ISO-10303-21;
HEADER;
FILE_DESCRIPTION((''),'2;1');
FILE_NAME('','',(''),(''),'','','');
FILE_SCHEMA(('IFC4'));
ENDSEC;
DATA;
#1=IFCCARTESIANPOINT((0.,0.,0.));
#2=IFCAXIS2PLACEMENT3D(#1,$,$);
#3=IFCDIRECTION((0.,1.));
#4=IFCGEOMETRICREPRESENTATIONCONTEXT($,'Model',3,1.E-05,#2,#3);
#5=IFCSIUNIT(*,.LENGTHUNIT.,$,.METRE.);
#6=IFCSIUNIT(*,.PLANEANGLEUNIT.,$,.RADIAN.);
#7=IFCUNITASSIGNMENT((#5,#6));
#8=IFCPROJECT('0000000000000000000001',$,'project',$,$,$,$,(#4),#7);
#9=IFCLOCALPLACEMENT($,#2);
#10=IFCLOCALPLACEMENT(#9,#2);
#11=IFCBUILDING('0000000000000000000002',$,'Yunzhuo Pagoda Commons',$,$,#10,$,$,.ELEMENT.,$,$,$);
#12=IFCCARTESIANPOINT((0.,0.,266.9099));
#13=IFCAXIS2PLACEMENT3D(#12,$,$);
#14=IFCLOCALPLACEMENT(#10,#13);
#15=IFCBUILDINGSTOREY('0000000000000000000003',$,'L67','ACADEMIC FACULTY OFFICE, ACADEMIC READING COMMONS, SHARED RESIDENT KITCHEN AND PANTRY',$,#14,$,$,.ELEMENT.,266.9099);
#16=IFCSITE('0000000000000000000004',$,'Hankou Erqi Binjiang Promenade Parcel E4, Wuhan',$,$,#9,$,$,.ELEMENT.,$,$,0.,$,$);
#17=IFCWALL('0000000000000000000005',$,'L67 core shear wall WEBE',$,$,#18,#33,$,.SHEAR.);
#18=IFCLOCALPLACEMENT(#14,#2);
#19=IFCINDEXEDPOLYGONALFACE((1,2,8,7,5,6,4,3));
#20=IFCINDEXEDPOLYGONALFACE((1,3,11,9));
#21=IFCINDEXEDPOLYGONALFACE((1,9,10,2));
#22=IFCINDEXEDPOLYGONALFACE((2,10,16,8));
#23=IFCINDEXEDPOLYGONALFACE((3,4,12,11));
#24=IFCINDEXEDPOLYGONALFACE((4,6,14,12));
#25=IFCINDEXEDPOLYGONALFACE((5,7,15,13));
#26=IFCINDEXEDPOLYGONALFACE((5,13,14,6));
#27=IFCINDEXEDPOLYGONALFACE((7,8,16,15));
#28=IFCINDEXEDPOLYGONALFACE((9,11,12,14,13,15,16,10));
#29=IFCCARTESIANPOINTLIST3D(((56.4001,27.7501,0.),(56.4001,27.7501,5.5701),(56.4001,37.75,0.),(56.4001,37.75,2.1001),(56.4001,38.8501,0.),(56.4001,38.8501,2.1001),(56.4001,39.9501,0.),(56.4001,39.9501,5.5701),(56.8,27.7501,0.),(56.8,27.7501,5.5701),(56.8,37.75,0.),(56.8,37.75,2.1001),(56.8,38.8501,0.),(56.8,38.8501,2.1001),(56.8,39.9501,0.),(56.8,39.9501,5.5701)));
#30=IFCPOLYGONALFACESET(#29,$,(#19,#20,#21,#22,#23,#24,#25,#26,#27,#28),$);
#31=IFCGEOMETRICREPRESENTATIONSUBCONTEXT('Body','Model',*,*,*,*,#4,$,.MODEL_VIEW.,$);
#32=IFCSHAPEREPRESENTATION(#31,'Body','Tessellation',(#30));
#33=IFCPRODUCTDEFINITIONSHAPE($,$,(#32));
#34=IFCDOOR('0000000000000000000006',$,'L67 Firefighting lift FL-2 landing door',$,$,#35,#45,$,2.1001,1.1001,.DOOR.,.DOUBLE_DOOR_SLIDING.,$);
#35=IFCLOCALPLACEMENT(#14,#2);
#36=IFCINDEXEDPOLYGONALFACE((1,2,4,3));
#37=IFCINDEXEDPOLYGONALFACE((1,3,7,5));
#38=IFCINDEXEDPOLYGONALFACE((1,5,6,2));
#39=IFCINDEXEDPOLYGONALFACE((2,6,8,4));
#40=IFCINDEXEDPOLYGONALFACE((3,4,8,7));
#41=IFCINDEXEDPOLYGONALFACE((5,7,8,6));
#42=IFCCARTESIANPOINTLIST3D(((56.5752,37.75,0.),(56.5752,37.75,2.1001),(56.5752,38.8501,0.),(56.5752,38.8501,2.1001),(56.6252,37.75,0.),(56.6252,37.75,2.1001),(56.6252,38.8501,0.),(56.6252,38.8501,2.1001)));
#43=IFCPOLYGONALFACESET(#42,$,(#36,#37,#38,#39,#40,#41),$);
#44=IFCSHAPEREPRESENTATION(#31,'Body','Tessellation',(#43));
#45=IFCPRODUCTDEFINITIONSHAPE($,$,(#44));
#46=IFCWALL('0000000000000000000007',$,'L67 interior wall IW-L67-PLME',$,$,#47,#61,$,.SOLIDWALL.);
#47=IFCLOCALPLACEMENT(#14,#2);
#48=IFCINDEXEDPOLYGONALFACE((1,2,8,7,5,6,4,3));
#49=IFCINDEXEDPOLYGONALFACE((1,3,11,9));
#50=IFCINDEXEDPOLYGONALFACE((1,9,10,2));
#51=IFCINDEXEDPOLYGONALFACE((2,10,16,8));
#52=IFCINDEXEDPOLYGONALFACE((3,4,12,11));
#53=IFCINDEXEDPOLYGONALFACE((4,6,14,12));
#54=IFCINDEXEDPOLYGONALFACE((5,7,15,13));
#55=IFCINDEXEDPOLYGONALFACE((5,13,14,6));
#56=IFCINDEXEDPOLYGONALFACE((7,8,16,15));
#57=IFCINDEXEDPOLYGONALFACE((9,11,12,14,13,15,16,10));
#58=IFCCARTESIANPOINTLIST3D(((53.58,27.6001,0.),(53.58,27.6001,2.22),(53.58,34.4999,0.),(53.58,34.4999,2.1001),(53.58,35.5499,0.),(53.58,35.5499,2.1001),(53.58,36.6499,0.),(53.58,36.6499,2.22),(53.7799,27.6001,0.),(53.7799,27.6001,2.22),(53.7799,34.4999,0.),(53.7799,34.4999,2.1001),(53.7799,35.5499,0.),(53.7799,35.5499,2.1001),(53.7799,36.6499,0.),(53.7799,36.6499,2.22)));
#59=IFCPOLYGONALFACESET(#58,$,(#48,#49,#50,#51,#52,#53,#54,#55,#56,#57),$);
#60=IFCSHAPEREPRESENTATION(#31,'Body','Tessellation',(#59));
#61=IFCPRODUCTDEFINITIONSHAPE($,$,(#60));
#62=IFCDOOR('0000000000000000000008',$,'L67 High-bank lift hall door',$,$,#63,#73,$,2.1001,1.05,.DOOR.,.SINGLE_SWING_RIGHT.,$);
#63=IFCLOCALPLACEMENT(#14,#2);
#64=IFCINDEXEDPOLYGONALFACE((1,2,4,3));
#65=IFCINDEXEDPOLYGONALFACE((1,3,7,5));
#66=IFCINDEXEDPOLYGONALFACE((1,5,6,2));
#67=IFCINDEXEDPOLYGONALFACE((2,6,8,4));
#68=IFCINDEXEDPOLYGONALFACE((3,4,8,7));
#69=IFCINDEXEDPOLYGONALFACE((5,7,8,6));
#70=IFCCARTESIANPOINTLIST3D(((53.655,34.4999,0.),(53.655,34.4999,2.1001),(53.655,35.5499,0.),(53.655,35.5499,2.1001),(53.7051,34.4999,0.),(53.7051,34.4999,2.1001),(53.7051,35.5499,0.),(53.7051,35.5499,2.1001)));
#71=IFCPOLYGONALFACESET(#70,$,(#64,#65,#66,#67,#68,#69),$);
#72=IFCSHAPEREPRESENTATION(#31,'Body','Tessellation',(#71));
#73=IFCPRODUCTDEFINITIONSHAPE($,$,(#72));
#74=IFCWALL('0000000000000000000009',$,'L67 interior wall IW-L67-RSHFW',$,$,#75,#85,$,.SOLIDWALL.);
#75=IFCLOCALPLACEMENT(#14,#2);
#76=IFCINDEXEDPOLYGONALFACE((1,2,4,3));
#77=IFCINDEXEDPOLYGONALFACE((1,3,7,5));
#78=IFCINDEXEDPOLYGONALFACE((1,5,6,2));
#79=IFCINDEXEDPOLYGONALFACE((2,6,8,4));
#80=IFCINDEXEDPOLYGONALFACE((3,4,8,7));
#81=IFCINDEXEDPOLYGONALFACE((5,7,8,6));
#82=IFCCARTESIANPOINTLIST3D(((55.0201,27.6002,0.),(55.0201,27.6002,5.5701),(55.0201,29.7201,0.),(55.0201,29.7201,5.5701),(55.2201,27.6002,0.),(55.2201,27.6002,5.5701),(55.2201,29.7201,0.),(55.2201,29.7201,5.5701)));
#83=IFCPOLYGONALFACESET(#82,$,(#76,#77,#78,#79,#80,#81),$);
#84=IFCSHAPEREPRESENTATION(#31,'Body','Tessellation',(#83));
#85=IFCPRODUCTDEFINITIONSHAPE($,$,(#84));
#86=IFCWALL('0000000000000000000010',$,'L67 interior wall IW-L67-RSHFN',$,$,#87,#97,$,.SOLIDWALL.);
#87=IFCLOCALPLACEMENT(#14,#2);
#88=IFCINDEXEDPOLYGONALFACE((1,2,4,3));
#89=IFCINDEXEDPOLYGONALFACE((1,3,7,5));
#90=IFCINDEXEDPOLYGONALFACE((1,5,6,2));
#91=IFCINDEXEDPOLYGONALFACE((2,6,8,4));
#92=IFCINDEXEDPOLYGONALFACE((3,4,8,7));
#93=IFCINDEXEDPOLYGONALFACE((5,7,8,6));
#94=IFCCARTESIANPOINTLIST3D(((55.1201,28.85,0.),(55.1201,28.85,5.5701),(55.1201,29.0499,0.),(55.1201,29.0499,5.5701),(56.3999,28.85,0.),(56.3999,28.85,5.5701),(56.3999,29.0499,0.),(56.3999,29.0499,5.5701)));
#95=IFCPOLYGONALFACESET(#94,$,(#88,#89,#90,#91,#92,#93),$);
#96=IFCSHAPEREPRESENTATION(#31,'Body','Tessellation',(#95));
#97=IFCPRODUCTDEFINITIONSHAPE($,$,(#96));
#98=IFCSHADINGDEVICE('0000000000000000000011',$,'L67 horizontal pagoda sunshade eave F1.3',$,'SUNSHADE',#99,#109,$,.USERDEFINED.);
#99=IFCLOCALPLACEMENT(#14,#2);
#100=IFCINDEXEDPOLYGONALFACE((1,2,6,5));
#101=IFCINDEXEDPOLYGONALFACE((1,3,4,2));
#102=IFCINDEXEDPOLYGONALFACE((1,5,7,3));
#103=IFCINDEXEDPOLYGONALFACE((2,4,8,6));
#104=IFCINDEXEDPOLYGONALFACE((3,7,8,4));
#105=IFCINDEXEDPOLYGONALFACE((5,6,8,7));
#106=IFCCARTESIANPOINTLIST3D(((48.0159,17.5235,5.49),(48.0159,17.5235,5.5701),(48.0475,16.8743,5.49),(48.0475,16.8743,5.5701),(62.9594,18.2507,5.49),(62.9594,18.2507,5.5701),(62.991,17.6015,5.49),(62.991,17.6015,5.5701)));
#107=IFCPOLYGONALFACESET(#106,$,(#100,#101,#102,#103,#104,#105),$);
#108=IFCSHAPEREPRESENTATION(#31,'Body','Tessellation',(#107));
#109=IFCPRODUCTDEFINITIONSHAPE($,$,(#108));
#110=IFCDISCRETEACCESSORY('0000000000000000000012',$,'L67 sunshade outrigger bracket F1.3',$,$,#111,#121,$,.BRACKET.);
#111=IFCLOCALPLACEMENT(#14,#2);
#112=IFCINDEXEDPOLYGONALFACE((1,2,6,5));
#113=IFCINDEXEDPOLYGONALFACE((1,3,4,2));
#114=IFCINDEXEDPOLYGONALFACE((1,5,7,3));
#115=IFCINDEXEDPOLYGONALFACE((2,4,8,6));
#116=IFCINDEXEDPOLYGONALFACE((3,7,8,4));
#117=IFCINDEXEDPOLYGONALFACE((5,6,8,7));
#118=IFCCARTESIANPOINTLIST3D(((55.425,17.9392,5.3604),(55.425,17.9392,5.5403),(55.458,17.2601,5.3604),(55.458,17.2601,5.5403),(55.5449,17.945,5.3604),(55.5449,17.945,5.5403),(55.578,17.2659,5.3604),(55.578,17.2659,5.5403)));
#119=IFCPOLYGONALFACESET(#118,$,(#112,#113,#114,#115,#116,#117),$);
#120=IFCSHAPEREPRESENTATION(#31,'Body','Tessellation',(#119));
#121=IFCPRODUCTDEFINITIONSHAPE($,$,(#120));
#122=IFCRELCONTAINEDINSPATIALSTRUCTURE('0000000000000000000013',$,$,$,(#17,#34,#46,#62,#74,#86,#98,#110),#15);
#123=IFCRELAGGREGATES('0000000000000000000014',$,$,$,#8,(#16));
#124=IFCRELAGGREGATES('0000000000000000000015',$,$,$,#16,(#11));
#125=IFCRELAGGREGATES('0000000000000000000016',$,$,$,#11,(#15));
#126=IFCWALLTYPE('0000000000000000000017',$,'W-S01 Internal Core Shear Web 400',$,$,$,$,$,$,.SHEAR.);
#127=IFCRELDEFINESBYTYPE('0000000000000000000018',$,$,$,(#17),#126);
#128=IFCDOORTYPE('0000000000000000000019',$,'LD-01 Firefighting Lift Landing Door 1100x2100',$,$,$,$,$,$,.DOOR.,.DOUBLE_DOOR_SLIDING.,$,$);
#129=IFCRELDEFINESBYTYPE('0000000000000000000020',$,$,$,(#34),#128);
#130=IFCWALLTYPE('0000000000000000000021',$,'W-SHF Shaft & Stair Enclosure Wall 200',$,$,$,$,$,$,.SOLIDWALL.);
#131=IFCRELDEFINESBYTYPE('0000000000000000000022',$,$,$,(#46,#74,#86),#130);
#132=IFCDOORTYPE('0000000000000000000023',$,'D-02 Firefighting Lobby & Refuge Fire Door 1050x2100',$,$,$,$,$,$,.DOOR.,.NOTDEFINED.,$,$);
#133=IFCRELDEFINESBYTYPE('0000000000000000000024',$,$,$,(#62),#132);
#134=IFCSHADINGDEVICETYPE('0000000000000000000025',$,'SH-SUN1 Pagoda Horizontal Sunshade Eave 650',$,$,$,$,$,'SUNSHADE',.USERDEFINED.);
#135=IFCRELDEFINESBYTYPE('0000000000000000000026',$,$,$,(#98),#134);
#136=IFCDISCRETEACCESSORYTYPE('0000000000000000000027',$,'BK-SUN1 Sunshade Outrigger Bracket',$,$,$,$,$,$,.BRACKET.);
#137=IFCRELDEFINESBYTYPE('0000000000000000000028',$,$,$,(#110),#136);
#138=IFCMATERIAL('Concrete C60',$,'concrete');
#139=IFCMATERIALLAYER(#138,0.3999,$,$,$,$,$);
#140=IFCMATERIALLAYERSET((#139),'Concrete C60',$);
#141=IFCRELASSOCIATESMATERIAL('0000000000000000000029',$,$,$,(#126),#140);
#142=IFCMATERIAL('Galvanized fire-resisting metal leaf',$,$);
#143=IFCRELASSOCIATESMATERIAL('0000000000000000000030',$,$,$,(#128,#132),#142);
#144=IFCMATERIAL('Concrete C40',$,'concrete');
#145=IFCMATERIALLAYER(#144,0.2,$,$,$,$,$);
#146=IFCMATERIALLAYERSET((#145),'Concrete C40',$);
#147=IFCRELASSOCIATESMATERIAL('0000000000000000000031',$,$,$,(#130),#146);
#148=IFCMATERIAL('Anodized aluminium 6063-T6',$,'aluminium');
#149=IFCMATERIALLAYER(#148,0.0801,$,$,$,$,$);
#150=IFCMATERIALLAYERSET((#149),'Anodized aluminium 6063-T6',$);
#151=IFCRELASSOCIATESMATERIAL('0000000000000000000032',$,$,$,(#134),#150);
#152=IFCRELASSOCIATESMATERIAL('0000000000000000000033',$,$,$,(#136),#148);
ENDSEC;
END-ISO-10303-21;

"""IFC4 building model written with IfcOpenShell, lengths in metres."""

from ifc_helpers import new_model, si_unit, direction, frame, frame_2d, origin, origin_with_axes, origin_2d, place, context, subcontext, project, spatial, rectangle, extrude, source, transform, mapped, material, layer, layer_set, type_object, element, fill, save


model = new_model("IFC4")

# Units and contexts
model_context = context("Model", 3, precision=1e-05, world=origin(), true_north=direction((0.0, 1.0)))
body_context = subcontext(model_context, "Body", "Model", "MODEL_VIEW")
ifc_project = project(units=[si_unit("LENGTHUNIT", "METRE"), si_unit("PLANEANGLEUNIT", "RADIAN")], contexts=[model_context])

# Site, building, storey
site_placement = place(None, origin())
site = spatial("IfcSite", under=ifc_project, at=site_placement, Name="Hankou Erqi Binjiang Promenade Parcel E4, Wuhan", CompositionType="ELEMENT", RefElevation=0.0)
building_placement = place(site_placement, origin())
building = spatial("IfcBuilding", under=site, at=building_placement, Name="Yunzhuo Pagoda Commons", CompositionType="ELEMENT")
storey_placement = place(building_placement, frame((0.0, 0.0, 266.9099)))
storey = spatial("IfcBuildingStorey", under=building, at=storey_placement, Name="L67", Description="ACADEMIC FACULTY OFFICE, ACADEMIC READING COMMONS, SHARED RESIDENT KITCHEN AND PANTRY", CompositionType="ELEMENT", Elevation=266.9099)

# Shared definitions
ifc_material_1 = material(Name="Anodized aluminium 6063-T6", Category="aluminium")

# Shared definitions
ifc_material_2 = material(Name="Galvanized fire-resisting metal leaf")

# Walls, openings, doors
ifc_material_3 = material(Name="Concrete C60", Category="concrete")
ifc_layer_1 = layer(ifc_material_3, 0.3999)
ifc_layer_set_1 = layer_set([ifc_layer_1], Name="Concrete C60")
wall_type_1 = type_object("IfcWallType", Name="W-S01 Internal Core Shear Web 400", PredefinedType="SHEAR", material=ifc_layer_set_1)
wall_1_placement = place(storey_placement, frame((56.6001, 27.75, 0.0), z_axis=(0.0, 0.0, 1.0), x_axis=(0.0, 1.0, 0.0)))
wall_1 = element("IfcWall", 1, at=wall_1_placement, inside=storey, type_object=wall_type_1, Name="L67 core shear wall WEBE", PredefinedType="SHEAR", context=body_context, shape_type="SweptSolid", body=[
    extrude(rectangle(XDim=12.2, YDim=0.3999, at=frame_2d((6.1001, 0.0))), origin(), (0.0, 0.0, 1.0), 5.5701),
])
opening_1_placement = place(wall_1_placement, frame((10.0, 0.0, 0.0)))
opening_1 = element("IfcOpeningElement", 2, at=opening_1_placement, cuts=wall_1, PredefinedType="OPENING", context=body_context, shape_type="SweptSolid", body=[
    extrude(rectangle(XDim=1.1001, YDim=2.1001, at=frame_2d((0.55, 1.05))), frame((0.0, 0.21, 0.0), z_axis=(0.0, -1.0, 0.0), x_axis=(1.0, 0.0, 0.0)), (0.0, 0.0, 1.0), 0.4199),
])
door_type_1 = type_object("IfcDoorType", Name="LD-01 Firefighting Lift Landing Door 1100x2100", OperationType="DOUBLE_DOOR_SLIDING", PredefinedType="DOOR", material=ifc_material_2)
shared_shape_1 = source(origin(), body_context, "Body", "SweptSolid", [
    extrude(rectangle(XDim=1.1001, YDim=2.1001, at=frame_2d((0.55, 1.05))), frame((0.0, 0.0249, 0.0), z_axis=(0.0, -1.0, 0.0), x_axis=(1.0, 0.0, 0.0)), (0.0, 0.0, 1.0), 0.05),
])
door_1_placement = place(opening_1_placement, origin_with_axes())
door_1 = element("IfcDoor", 3, at=door_1_placement, inside=storey, type_object=door_type_1, Name="L67 Firefighting lift FL-2 landing door", OperationType="DOUBLE_DOOR_SLIDING", OverallHeight=2.1001, OverallWidth=1.1001, PredefinedType="DOOR", context=body_context, shape_type="MappedRepresentation", body=[
    mapped(shared_shape_1, transform((0.0, 0.0, 0.0), scale=1.0)),
])
fill(opening_1, door_1)
ifc_material_4 = material(Name="Concrete C40", Category="concrete")
ifc_layer_2 = layer(ifc_material_4, 0.2)
ifc_layer_set_2 = layer_set([ifc_layer_2], Name="Concrete C40")
wall_type_2 = type_object("IfcWallType", Name="W-SHF Shaft & Stair Enclosure Wall 200", PredefinedType="SOLIDWALL", material=ifc_layer_set_2)
wall_2_placement = place(storey_placement, frame((53.6799, 27.6001, 0.0), z_axis=(0.0, 0.0, 1.0), x_axis=(0.0, 1.0, 0.0)))
wall_2 = element("IfcWall", 4, at=wall_2_placement, inside=storey, type_object=wall_type_2, Name="L67 interior wall IW-L67-PLME", PredefinedType="SOLIDWALL", context=body_context, shape_type="SweptSolid", body=[
    extrude(rectangle(XDim=9.0498, YDim=0.2, at=frame_2d((4.5249, 0.0))), origin(), (0.0, 0.0, 1.0), 2.22),
])
opening_2_placement = place(wall_2_placement, frame((6.8999, 0.0, 0.0)))
opening_2 = element("IfcOpeningElement", 5, at=opening_2_placement, cuts=wall_2, PredefinedType="OPENING", context=body_context, shape_type="SweptSolid", body=[
    extrude(rectangle(XDim=1.05, YDim=2.1001, at=frame_2d((0.5249, 1.05))), frame((0.0, 0.1099, 0.0), z_axis=(0.0, -1.0, 0.0), x_axis=(1.0, 0.0, 0.0)), (0.0, 0.0, 1.0), 0.22),
])
door_type_2 = type_object("IfcDoorType", Name="D-02 Firefighting Lobby & Refuge Fire Door 1050x2100", OperationType="NOTDEFINED", PredefinedType="DOOR", material=ifc_material_2)
shared_shape_2 = source(origin(), body_context, "Body", "SweptSolid", [
    extrude(rectangle(XDim=1.05, YDim=2.1001, at=frame_2d((0.5249, 1.05))), frame((0.0, 0.0249, 0.0), z_axis=(0.0, -1.0, 0.0), x_axis=(1.0, 0.0, 0.0)), (0.0, 0.0, 1.0), 0.05),
])
door_2_placement = place(opening_2_placement, origin_with_axes())
door_2 = element("IfcDoor", 6, at=door_2_placement, inside=storey, type_object=door_type_2, Name="L67 High-bank lift hall door", OperationType="SINGLE_SWING_RIGHT", OverallHeight=2.1001, OverallWidth=1.05, PredefinedType="DOOR", context=body_context, shape_type="MappedRepresentation", body=[
    mapped(shared_shape_2, transform((0.0, 0.0, 0.0), scale=1.0)),
])
fill(opening_2, door_2)

# Walls
wall_3_placement = place(storey_placement, frame((55.1201, 27.6001, 0.0), z_axis=(0.0, 0.0, 1.0), x_axis=(0.0, 1.0, 0.0)))
element("IfcWall", 7, at=wall_3_placement, inside=storey, type_object=wall_type_2, Name="L67 interior wall IW-L67-RSHFW", PredefinedType="SOLIDWALL", context=body_context, shape_type="SweptSolid", body=[
    extrude(rectangle(XDim=2.1199, YDim=0.2, at=frame_2d((1.0601, 0.0))), origin(), (0.0, 0.0, 1.0), 5.5701),
])
wall_4_placement = place(storey_placement, frame((55.1201, 28.95, 0.0), z_axis=(0.0, 0.0, 1.0), x_axis=(1.0, 0.0, 0.0)))
element("IfcWall", 8, at=wall_4_placement, inside=storey, type_object=wall_type_2, Name="L67 interior wall IW-L67-RSHFN", PredefinedType="SOLIDWALL", context=body_context, shape_type="SweptSolid", body=[
    extrude(rectangle(XDim=1.2798, YDim=0.2, at=frame_2d((0.6399, 0.0))), origin(), (0.0, 0.0, 1.0), 5.5701),
])

# Shading device
ifc_layer_3 = layer(ifc_material_1, 0.0801)
ifc_layer_set_3 = layer_set([ifc_layer_3], Name="Anodized aluminium 6063-T6")
shading_device_type = type_object("IfcShadingDeviceType", Name="SH-SUN1 Pagoda Horizontal Sunshade Eave 650", ElementType="SUNSHADE", PredefinedType="USERDEFINED", material=ifc_layer_set_3)
shared_shape_3 = source(origin(), body_context, "Body", "SweptSolid", [
    extrude(rectangle(XDim=14.9612, YDim=0.6499, at=origin_2d()), origin(), (0.0, 0.0, 1.0), 0.0801),
])
shading_device_placement = place(storey_placement, frame((55.5034, 17.5625, 5.49), z_axis=(0.0, 0.0, 1.0), x_axis=(0.998818, 0.048606, 0.0)))
element("IfcShadingDevice", 9, at=shading_device_placement, inside=storey, type_object=shading_device_type, Name="L67 horizontal pagoda sunshade eave F1.3", ObjectType="SUNSHADE", PredefinedType="USERDEFINED", context=body_context, shape_type="MappedRepresentation", body=[
    mapped(shared_shape_3, transform((0.0, 0.0, 0.0), scale=1.0)),
])

# Discrete accessory
discrete_accessory_type = type_object("IfcDiscreteAccessoryType", Name="BK-SUN1 Sunshade Outrigger Bracket", PredefinedType="BRACKET", material=ifc_material_1)
shared_shape_4 = source(origin(), body_context, "Body", "SweptSolid", [
    extrude(rectangle(XDim=0.1201, YDim=0.6799, at=origin_2d()), origin(), (0.0, 0.0, 1.0), 0.1799),
])
discrete_accessory_placement = place(storey_placement, frame((55.5015, 17.6025, 5.3604), z_axis=(0.0, 0.0, 1.0), x_axis=(0.998818, 0.048606, 0.0)))
element("IfcDiscreteAccessory", 10, at=discrete_accessory_placement, inside=storey, type_object=discrete_accessory_type, Name="L67 sunshade outrigger bracket F1.3", PredefinedType="BRACKET", context=body_context, shape_type="MappedRepresentation", body=[
    mapped(shared_shape_4, transform((0.0, 0.0, 0.0), scale=1.0)),
])

save(model, "model.ifc")
